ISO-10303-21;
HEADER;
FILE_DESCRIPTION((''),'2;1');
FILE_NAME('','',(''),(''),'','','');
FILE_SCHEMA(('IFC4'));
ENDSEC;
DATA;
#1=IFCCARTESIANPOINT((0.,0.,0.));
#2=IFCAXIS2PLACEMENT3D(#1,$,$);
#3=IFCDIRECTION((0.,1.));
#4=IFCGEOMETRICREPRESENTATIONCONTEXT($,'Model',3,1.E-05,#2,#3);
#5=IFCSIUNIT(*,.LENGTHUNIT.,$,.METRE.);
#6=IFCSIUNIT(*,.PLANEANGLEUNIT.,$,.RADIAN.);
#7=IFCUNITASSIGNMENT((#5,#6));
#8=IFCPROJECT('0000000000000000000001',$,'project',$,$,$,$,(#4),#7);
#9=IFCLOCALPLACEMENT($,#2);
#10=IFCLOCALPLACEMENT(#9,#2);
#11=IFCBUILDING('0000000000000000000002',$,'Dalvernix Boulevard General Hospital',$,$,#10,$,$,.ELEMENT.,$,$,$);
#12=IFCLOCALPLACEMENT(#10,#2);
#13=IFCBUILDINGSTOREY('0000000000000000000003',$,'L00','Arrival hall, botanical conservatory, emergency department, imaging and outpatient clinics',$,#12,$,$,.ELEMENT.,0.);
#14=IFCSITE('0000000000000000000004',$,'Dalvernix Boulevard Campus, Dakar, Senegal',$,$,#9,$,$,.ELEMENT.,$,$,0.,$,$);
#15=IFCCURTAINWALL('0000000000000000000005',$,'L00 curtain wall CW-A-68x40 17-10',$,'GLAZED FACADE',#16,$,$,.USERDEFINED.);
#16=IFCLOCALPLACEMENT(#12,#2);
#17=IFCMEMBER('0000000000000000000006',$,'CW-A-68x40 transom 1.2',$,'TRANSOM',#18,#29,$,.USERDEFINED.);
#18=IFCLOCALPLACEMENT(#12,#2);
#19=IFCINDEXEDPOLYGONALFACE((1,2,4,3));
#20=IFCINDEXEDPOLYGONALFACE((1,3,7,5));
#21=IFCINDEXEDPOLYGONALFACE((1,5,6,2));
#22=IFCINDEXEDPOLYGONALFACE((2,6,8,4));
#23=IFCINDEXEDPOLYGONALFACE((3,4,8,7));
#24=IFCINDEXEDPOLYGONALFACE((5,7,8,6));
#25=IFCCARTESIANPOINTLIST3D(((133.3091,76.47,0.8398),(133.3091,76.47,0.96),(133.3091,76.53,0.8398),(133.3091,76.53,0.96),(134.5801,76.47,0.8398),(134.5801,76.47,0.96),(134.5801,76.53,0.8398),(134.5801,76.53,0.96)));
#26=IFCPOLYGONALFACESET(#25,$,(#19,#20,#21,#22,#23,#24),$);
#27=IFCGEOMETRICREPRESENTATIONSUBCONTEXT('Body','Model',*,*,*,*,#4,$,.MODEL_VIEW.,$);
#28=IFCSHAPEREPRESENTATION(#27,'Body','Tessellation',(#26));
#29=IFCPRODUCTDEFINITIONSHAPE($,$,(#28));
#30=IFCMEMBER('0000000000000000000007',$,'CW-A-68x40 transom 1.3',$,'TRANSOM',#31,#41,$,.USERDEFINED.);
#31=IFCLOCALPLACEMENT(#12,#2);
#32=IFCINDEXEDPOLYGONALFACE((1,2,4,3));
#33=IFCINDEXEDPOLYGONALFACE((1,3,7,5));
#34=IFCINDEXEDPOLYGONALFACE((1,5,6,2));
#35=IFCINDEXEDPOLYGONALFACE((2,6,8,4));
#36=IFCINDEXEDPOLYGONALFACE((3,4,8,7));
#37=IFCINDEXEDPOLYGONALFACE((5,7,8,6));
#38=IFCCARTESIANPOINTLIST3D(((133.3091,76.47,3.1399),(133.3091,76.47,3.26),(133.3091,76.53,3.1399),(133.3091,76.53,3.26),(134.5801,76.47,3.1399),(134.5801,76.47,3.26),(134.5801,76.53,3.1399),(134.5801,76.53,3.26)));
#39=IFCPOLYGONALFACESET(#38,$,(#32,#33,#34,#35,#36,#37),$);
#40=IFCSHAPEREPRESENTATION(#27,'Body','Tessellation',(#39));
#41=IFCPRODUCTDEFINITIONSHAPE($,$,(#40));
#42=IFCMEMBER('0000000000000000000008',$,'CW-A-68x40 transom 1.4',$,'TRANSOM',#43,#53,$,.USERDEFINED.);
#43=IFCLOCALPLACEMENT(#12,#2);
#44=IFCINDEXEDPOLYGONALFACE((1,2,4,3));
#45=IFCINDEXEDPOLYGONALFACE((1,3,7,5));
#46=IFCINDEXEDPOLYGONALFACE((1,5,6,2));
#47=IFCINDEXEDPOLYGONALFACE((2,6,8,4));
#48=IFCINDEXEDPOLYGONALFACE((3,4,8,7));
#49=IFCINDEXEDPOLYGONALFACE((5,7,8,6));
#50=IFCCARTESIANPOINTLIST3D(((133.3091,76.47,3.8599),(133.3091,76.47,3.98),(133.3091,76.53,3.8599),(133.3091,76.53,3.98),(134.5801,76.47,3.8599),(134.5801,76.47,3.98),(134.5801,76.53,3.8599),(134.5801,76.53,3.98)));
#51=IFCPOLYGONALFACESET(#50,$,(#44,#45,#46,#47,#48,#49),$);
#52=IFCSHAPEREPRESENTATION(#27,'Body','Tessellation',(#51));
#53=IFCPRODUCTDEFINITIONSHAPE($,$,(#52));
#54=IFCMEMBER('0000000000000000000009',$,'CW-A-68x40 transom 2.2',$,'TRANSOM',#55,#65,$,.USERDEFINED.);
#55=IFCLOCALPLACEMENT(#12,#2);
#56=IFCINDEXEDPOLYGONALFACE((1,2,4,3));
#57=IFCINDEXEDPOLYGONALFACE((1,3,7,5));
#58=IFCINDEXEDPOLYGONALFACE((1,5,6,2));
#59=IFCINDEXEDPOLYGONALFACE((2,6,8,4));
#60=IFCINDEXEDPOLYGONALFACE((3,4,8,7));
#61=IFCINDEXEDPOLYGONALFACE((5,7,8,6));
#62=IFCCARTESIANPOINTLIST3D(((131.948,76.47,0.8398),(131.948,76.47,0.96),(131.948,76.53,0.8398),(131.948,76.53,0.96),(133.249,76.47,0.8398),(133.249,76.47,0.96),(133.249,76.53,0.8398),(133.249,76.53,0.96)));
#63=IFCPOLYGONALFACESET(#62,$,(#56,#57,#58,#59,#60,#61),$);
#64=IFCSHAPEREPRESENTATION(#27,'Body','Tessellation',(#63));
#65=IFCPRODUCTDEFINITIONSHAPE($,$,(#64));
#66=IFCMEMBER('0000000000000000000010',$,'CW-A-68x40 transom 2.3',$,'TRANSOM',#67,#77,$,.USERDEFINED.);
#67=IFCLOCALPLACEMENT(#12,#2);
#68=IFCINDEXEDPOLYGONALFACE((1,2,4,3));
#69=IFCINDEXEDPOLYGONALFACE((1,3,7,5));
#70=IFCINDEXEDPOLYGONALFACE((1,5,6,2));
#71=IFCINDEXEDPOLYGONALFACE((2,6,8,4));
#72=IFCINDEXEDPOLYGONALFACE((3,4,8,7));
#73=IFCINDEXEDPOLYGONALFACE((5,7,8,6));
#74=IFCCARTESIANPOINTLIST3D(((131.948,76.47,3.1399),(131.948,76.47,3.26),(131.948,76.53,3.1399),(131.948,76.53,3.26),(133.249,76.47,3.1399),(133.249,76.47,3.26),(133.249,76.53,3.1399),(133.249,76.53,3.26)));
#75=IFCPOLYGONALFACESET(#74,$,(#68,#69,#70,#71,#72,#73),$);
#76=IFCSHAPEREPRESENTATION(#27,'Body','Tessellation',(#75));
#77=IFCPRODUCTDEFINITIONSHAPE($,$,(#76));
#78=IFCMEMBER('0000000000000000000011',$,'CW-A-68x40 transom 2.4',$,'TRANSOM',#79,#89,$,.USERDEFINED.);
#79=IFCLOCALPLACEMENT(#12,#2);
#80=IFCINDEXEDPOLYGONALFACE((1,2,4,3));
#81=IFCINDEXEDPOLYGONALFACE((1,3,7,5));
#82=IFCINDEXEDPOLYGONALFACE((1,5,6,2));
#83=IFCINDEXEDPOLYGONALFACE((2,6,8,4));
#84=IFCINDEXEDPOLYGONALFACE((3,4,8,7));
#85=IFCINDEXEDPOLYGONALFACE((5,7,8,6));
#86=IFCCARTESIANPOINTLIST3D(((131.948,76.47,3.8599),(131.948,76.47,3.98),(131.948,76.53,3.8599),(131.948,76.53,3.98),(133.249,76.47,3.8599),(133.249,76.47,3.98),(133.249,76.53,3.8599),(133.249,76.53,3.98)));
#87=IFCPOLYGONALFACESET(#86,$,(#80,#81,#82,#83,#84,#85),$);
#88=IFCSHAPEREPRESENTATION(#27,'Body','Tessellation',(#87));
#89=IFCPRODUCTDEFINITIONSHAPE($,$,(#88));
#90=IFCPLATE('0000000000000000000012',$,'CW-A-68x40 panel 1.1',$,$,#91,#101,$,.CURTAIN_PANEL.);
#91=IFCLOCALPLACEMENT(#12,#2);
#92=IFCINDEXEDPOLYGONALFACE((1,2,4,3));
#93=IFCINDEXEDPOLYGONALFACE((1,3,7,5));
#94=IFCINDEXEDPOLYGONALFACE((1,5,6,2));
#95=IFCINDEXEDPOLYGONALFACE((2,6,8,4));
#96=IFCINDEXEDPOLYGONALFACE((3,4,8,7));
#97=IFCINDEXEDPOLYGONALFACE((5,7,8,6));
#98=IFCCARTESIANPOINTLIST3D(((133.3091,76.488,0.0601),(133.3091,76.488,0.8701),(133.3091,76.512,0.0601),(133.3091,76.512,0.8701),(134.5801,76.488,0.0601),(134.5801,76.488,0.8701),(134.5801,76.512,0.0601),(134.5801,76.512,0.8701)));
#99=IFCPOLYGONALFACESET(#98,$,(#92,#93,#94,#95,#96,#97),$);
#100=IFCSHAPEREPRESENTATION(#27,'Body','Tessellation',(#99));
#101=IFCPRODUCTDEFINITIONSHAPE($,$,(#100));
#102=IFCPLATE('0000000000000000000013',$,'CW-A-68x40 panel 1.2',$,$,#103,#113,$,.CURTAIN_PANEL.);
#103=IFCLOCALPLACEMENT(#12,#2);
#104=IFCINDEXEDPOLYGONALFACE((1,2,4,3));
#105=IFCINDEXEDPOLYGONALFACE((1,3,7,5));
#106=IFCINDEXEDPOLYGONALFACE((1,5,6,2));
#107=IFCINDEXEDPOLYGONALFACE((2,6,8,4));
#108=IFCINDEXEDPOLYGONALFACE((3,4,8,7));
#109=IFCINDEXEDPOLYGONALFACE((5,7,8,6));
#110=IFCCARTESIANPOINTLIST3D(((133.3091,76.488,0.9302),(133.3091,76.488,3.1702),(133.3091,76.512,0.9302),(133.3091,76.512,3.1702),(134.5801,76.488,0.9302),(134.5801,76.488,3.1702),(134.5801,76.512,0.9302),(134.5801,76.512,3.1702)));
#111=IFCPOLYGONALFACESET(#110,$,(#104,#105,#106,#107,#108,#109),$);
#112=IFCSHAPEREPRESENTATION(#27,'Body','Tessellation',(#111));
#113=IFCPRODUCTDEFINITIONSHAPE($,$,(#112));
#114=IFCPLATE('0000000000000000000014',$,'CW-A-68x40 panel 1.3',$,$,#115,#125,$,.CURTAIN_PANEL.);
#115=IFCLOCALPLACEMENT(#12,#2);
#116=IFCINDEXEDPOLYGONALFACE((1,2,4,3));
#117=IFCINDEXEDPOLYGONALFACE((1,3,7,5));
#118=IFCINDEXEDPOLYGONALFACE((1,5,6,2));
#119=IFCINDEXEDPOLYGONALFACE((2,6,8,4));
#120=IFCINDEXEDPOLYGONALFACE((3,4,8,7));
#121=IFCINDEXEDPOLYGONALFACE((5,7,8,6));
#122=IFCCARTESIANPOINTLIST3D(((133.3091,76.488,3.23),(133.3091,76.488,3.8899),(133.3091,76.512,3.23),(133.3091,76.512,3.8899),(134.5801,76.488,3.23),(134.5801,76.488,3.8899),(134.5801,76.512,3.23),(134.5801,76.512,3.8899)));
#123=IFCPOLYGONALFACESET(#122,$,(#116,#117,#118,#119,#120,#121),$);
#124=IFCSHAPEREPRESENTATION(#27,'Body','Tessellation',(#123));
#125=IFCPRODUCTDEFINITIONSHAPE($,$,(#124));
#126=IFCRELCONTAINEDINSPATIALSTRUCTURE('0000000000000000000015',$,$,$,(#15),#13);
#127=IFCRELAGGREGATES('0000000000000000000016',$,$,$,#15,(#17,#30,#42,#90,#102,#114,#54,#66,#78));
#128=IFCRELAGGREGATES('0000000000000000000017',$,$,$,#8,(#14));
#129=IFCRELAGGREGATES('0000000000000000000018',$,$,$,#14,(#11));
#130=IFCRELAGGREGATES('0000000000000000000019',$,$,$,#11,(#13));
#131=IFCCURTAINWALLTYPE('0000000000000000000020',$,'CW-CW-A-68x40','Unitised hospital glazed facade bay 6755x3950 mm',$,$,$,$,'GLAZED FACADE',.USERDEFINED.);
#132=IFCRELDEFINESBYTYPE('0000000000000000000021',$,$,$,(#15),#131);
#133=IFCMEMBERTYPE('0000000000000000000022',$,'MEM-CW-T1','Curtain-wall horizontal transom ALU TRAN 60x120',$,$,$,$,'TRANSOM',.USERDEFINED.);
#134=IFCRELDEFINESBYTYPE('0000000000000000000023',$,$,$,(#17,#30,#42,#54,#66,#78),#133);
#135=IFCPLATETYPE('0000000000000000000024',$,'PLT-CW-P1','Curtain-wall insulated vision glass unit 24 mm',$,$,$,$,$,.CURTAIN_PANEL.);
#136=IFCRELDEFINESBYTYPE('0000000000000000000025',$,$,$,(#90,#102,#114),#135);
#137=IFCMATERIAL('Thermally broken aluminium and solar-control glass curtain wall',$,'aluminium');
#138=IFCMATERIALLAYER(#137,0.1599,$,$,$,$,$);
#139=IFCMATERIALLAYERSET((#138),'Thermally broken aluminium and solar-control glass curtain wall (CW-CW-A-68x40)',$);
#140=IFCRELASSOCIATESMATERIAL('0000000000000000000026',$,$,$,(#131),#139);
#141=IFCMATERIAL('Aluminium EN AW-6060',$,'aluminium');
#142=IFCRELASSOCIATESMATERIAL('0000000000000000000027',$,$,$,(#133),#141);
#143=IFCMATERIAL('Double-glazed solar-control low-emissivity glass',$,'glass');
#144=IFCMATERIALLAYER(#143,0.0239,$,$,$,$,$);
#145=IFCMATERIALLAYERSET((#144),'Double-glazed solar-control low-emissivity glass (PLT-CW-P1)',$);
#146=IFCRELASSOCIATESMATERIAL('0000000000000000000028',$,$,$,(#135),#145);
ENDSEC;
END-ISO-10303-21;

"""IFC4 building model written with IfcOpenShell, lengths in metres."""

from ifc_helpers import new_model, si_unit, direction, frame, origin, origin_2d, place, context, subcontext, project, spatial, rectangle, extrude, material, layer, layer_set, material_profile, profile_set, type_object, element, aggregate, save


model = new_model("IFC4")

# Units and contexts
model_context = context("Model", 3, precision=1e-05, world=origin(), true_north=direction((0.0, 1.0)))
body_context = subcontext(model_context, "Body", "Model", "MODEL_VIEW")
ifc_project = project(units=[si_unit("LENGTHUNIT", "METRE"), si_unit("PLANEANGLEUNIT", "RADIAN")], contexts=[model_context])

# Site, building, storey
site_placement = place(None, origin())
site = spatial("IfcSite", under=ifc_project, at=site_placement, Name="Dalvernix Boulevard Campus, Dakar, Senegal", CompositionType="ELEMENT", RefElevation=0.0)
building_placement = place(site_placement, origin())
building = spatial("IfcBuilding", under=site, at=building_placement, Name="Dalvernix Boulevard General Hospital", CompositionType="ELEMENT")
storey_placement = place(building_placement, origin())
storey = spatial("IfcBuildingStorey", under=building, at=storey_placement, Name="L00", Description="Arrival hall, botanical conservatory, emergency department, imaging and outpatient clinics", CompositionType="ELEMENT", Elevation=0.0)

# Curtain wall, members, plates
ifc_material_1 = material(Name="Thermally broken aluminium and solar-control glass curtain wall", Category="aluminium")
ifc_layer_1 = layer(ifc_material_1, 0.1599)
ifc_layer_set_1 = layer_set([ifc_layer_1], Name="Thermally broken aluminium and solar-control glass curtain wall (CW-CW-A-68x40)")
curtain_wall_type = type_object("IfcCurtainWallType", Name="CW-CW-A-68x40", Description="Unitised hospital glazed facade bay 6755x3950 mm", ElementType="GLAZED FACADE", PredefinedType="USERDEFINED", material=ifc_layer_set_1)
curtain_wall_placement = place(storey_placement, origin())
curtain_wall = element("IfcCurtainWall", 1, at=curtain_wall_placement, inside=storey, type_object=curtain_wall_type, Name="L00 curtain wall CW-A-68x40 17-10", ObjectType="GLAZED FACADE", PredefinedType="USERDEFINED")
ifc_material_2 = material(Name="Aluminium EN AW-6060", Category="aluminium")
ifc_material_profile_1 = material_profile(ifc_material_2, rectangle(XDim=0.0601, YDim=0.1201, at=origin_2d()), Name="ALU TRAN 60x120")
ifc_profile_set_1 = profile_set([ifc_material_profile_1], Name="Aluminium EN AW-6060")
member_type_1 = type_object("IfcMemberType", Name="MEM-CW-T1", Description="Curtain-wall horizontal transom ALU TRAN 60x120", ElementType="TRANSOM", PredefinedType="USERDEFINED", material=ifc_profile_set_1)
member_1_placement = place(storey_placement, frame((134.5801, 76.5, 0.8999), z_axis=(-1.0, 0.0, 0.0), x_axis=(0.0, -1.0, 0.0)))
member_1 = element("IfcMember", 2, at=member_1_placement, type_object=member_type_1, Name="CW-A-68x40 transom 1.2", ObjectType="TRANSOM", PredefinedType="USERDEFINED", context=body_context, shape_type="SweptSolid", body=[
    extrude(rectangle(XDim=0.0601, YDim=0.1201, at=origin_2d()), origin(), (0.0, 0.0, 1.0), 1.271),
])
member_2_placement = place(storey_placement, frame((134.5801, 76.5, 3.2), z_axis=(-1.0, 0.0, 0.0), x_axis=(0.0, -1.0, 0.0)))
member_2 = element("IfcMember", 3, at=member_2_placement, type_object=member_type_1, Name="CW-A-68x40 transom 1.3", ObjectType="TRANSOM", PredefinedType="USERDEFINED", context=body_context, shape_type="SweptSolid", body=[
    extrude(rectangle(XDim=0.0601, YDim=0.1201, at=origin_2d()), origin(), (0.0, 0.0, 1.0), 1.271),
])
member_3_placement = place(storey_placement, frame((134.5801, 76.5, 3.9199), z_axis=(-1.0, 0.0, 0.0), x_axis=(0.0, -1.0, 0.0)))
member_3 = element("IfcMember", 4, at=member_3_placement, type_object=member_type_1, Name="CW-A-68x40 transom 1.4", ObjectType="TRANSOM", PredefinedType="USERDEFINED", context=body_context, shape_type="SweptSolid", body=[
    extrude(rectangle(XDim=0.0601, YDim=0.1201, at=origin_2d()), origin(), (0.0, 0.0, 1.0), 1.271),
])
member_4_placement = place(storey_placement, frame((133.249, 76.5, 0.8999), z_axis=(-1.0, 0.0, 0.0), x_axis=(0.0, -1.0, 0.0)))
member_4 = element("IfcMember", 5, at=member_4_placement, type_object=member_type_1, Name="CW-A-68x40 transom 2.2", ObjectType="TRANSOM", PredefinedType="USERDEFINED", context=body_context, shape_type="SweptSolid", body=[
    extrude(rectangle(XDim=0.0601, YDim=0.1201, at=origin_2d()), origin(), (0.0, 0.0, 1.0), 1.301),
])
member_5_placement = place(storey_placement, frame((133.249, 76.5, 3.2), z_axis=(-1.0, 0.0, 0.0), x_axis=(0.0, -1.0, 0.0)))
member_5 = element("IfcMember", 6, at=member_5_placement, type_object=member_type_1, Name="CW-A-68x40 transom 2.3", ObjectType="TRANSOM", PredefinedType="USERDEFINED", context=body_context, shape_type="SweptSolid", body=[
    extrude(rectangle(XDim=0.0601, YDim=0.1201, at=origin_2d()), origin(), (0.0, 0.0, 1.0), 1.301),
])
member_6_placement = place(storey_placement, frame((133.249, 76.5, 3.9199), z_axis=(-1.0, 0.0, 0.0), x_axis=(0.0, -1.0, 0.0)))
member_6 = element("IfcMember", 7, at=member_6_placement, type_object=member_type_1, Name="CW-A-68x40 transom 2.4", ObjectType="TRANSOM", PredefinedType="USERDEFINED", context=body_context, shape_type="SweptSolid", body=[
    extrude(rectangle(XDim=0.0601, YDim=0.1201, at=origin_2d()), origin(), (0.0, 0.0, 1.0), 1.301),
])
ifc_material_3 = material(Name="Double-glazed solar-control low-emissivity glass", Category="glass")
ifc_layer_2 = layer(ifc_material_3, 0.0239)
ifc_layer_set_2 = layer_set([ifc_layer_2], Name="Double-glazed solar-control low-emissivity glass (PLT-CW-P1)")
plate_type = type_object("IfcPlateType", Name="PLT-CW-P1", Description="Curtain-wall insulated vision glass unit 24 mm", PredefinedType="CURTAIN_PANEL", material=ifc_layer_set_2)
plate_1_placement = place(storey_placement, frame((133.9446, 76.5, 0.0601), z_axis=(0.0, 0.0, 1.0), x_axis=(-1.0, 0.0, 0.0)))
plate_1 = element("IfcPlate", 8, at=plate_1_placement, type_object=plate_type, Name="CW-A-68x40 panel 1.1", PredefinedType="CURTAIN_PANEL", context=body_context, shape_type="SweptSolid", body=[
    extrude(rectangle(XDim=1.271, YDim=0.0239, at=origin_2d()), origin(), (0.0, 0.0, 1.0), 0.8101),
])
plate_2_placement = place(storey_placement, frame((133.9446, 76.5, 0.9302), z_axis=(0.0, 0.0, 1.0), x_axis=(-1.0, 0.0, 0.0)))
plate_2 = element("IfcPlate", 9, at=plate_2_placement, type_object=plate_type, Name="CW-A-68x40 panel 1.2", PredefinedType="CURTAIN_PANEL", context=body_context, shape_type="SweptSolid", body=[
    extrude(rectangle(XDim=1.271, YDim=0.0239, at=origin_2d()), origin(), (0.0, 0.0, 1.0), 2.24),
])
plate_3_placement = place(storey_placement, frame((133.9446, 76.5, 3.23), z_axis=(0.0, 0.0, 1.0), x_axis=(-1.0, 0.0, 0.0)))
plate_3 = element("IfcPlate", 10, at=plate_3_placement, type_object=plate_type, Name="CW-A-68x40 panel 1.3", PredefinedType="CURTAIN_PANEL", context=body_context, shape_type="SweptSolid", body=[
    extrude(rectangle(XDim=1.271, YDim=0.0239, at=origin_2d()), origin(), (0.0, 0.0, 1.0), 0.6599),
])
aggregate(curtain_wall, [member_1, member_2, member_3, plate_1, plate_2, plate_3, member_4, member_5, member_6])

save(model, "model.ifc")
